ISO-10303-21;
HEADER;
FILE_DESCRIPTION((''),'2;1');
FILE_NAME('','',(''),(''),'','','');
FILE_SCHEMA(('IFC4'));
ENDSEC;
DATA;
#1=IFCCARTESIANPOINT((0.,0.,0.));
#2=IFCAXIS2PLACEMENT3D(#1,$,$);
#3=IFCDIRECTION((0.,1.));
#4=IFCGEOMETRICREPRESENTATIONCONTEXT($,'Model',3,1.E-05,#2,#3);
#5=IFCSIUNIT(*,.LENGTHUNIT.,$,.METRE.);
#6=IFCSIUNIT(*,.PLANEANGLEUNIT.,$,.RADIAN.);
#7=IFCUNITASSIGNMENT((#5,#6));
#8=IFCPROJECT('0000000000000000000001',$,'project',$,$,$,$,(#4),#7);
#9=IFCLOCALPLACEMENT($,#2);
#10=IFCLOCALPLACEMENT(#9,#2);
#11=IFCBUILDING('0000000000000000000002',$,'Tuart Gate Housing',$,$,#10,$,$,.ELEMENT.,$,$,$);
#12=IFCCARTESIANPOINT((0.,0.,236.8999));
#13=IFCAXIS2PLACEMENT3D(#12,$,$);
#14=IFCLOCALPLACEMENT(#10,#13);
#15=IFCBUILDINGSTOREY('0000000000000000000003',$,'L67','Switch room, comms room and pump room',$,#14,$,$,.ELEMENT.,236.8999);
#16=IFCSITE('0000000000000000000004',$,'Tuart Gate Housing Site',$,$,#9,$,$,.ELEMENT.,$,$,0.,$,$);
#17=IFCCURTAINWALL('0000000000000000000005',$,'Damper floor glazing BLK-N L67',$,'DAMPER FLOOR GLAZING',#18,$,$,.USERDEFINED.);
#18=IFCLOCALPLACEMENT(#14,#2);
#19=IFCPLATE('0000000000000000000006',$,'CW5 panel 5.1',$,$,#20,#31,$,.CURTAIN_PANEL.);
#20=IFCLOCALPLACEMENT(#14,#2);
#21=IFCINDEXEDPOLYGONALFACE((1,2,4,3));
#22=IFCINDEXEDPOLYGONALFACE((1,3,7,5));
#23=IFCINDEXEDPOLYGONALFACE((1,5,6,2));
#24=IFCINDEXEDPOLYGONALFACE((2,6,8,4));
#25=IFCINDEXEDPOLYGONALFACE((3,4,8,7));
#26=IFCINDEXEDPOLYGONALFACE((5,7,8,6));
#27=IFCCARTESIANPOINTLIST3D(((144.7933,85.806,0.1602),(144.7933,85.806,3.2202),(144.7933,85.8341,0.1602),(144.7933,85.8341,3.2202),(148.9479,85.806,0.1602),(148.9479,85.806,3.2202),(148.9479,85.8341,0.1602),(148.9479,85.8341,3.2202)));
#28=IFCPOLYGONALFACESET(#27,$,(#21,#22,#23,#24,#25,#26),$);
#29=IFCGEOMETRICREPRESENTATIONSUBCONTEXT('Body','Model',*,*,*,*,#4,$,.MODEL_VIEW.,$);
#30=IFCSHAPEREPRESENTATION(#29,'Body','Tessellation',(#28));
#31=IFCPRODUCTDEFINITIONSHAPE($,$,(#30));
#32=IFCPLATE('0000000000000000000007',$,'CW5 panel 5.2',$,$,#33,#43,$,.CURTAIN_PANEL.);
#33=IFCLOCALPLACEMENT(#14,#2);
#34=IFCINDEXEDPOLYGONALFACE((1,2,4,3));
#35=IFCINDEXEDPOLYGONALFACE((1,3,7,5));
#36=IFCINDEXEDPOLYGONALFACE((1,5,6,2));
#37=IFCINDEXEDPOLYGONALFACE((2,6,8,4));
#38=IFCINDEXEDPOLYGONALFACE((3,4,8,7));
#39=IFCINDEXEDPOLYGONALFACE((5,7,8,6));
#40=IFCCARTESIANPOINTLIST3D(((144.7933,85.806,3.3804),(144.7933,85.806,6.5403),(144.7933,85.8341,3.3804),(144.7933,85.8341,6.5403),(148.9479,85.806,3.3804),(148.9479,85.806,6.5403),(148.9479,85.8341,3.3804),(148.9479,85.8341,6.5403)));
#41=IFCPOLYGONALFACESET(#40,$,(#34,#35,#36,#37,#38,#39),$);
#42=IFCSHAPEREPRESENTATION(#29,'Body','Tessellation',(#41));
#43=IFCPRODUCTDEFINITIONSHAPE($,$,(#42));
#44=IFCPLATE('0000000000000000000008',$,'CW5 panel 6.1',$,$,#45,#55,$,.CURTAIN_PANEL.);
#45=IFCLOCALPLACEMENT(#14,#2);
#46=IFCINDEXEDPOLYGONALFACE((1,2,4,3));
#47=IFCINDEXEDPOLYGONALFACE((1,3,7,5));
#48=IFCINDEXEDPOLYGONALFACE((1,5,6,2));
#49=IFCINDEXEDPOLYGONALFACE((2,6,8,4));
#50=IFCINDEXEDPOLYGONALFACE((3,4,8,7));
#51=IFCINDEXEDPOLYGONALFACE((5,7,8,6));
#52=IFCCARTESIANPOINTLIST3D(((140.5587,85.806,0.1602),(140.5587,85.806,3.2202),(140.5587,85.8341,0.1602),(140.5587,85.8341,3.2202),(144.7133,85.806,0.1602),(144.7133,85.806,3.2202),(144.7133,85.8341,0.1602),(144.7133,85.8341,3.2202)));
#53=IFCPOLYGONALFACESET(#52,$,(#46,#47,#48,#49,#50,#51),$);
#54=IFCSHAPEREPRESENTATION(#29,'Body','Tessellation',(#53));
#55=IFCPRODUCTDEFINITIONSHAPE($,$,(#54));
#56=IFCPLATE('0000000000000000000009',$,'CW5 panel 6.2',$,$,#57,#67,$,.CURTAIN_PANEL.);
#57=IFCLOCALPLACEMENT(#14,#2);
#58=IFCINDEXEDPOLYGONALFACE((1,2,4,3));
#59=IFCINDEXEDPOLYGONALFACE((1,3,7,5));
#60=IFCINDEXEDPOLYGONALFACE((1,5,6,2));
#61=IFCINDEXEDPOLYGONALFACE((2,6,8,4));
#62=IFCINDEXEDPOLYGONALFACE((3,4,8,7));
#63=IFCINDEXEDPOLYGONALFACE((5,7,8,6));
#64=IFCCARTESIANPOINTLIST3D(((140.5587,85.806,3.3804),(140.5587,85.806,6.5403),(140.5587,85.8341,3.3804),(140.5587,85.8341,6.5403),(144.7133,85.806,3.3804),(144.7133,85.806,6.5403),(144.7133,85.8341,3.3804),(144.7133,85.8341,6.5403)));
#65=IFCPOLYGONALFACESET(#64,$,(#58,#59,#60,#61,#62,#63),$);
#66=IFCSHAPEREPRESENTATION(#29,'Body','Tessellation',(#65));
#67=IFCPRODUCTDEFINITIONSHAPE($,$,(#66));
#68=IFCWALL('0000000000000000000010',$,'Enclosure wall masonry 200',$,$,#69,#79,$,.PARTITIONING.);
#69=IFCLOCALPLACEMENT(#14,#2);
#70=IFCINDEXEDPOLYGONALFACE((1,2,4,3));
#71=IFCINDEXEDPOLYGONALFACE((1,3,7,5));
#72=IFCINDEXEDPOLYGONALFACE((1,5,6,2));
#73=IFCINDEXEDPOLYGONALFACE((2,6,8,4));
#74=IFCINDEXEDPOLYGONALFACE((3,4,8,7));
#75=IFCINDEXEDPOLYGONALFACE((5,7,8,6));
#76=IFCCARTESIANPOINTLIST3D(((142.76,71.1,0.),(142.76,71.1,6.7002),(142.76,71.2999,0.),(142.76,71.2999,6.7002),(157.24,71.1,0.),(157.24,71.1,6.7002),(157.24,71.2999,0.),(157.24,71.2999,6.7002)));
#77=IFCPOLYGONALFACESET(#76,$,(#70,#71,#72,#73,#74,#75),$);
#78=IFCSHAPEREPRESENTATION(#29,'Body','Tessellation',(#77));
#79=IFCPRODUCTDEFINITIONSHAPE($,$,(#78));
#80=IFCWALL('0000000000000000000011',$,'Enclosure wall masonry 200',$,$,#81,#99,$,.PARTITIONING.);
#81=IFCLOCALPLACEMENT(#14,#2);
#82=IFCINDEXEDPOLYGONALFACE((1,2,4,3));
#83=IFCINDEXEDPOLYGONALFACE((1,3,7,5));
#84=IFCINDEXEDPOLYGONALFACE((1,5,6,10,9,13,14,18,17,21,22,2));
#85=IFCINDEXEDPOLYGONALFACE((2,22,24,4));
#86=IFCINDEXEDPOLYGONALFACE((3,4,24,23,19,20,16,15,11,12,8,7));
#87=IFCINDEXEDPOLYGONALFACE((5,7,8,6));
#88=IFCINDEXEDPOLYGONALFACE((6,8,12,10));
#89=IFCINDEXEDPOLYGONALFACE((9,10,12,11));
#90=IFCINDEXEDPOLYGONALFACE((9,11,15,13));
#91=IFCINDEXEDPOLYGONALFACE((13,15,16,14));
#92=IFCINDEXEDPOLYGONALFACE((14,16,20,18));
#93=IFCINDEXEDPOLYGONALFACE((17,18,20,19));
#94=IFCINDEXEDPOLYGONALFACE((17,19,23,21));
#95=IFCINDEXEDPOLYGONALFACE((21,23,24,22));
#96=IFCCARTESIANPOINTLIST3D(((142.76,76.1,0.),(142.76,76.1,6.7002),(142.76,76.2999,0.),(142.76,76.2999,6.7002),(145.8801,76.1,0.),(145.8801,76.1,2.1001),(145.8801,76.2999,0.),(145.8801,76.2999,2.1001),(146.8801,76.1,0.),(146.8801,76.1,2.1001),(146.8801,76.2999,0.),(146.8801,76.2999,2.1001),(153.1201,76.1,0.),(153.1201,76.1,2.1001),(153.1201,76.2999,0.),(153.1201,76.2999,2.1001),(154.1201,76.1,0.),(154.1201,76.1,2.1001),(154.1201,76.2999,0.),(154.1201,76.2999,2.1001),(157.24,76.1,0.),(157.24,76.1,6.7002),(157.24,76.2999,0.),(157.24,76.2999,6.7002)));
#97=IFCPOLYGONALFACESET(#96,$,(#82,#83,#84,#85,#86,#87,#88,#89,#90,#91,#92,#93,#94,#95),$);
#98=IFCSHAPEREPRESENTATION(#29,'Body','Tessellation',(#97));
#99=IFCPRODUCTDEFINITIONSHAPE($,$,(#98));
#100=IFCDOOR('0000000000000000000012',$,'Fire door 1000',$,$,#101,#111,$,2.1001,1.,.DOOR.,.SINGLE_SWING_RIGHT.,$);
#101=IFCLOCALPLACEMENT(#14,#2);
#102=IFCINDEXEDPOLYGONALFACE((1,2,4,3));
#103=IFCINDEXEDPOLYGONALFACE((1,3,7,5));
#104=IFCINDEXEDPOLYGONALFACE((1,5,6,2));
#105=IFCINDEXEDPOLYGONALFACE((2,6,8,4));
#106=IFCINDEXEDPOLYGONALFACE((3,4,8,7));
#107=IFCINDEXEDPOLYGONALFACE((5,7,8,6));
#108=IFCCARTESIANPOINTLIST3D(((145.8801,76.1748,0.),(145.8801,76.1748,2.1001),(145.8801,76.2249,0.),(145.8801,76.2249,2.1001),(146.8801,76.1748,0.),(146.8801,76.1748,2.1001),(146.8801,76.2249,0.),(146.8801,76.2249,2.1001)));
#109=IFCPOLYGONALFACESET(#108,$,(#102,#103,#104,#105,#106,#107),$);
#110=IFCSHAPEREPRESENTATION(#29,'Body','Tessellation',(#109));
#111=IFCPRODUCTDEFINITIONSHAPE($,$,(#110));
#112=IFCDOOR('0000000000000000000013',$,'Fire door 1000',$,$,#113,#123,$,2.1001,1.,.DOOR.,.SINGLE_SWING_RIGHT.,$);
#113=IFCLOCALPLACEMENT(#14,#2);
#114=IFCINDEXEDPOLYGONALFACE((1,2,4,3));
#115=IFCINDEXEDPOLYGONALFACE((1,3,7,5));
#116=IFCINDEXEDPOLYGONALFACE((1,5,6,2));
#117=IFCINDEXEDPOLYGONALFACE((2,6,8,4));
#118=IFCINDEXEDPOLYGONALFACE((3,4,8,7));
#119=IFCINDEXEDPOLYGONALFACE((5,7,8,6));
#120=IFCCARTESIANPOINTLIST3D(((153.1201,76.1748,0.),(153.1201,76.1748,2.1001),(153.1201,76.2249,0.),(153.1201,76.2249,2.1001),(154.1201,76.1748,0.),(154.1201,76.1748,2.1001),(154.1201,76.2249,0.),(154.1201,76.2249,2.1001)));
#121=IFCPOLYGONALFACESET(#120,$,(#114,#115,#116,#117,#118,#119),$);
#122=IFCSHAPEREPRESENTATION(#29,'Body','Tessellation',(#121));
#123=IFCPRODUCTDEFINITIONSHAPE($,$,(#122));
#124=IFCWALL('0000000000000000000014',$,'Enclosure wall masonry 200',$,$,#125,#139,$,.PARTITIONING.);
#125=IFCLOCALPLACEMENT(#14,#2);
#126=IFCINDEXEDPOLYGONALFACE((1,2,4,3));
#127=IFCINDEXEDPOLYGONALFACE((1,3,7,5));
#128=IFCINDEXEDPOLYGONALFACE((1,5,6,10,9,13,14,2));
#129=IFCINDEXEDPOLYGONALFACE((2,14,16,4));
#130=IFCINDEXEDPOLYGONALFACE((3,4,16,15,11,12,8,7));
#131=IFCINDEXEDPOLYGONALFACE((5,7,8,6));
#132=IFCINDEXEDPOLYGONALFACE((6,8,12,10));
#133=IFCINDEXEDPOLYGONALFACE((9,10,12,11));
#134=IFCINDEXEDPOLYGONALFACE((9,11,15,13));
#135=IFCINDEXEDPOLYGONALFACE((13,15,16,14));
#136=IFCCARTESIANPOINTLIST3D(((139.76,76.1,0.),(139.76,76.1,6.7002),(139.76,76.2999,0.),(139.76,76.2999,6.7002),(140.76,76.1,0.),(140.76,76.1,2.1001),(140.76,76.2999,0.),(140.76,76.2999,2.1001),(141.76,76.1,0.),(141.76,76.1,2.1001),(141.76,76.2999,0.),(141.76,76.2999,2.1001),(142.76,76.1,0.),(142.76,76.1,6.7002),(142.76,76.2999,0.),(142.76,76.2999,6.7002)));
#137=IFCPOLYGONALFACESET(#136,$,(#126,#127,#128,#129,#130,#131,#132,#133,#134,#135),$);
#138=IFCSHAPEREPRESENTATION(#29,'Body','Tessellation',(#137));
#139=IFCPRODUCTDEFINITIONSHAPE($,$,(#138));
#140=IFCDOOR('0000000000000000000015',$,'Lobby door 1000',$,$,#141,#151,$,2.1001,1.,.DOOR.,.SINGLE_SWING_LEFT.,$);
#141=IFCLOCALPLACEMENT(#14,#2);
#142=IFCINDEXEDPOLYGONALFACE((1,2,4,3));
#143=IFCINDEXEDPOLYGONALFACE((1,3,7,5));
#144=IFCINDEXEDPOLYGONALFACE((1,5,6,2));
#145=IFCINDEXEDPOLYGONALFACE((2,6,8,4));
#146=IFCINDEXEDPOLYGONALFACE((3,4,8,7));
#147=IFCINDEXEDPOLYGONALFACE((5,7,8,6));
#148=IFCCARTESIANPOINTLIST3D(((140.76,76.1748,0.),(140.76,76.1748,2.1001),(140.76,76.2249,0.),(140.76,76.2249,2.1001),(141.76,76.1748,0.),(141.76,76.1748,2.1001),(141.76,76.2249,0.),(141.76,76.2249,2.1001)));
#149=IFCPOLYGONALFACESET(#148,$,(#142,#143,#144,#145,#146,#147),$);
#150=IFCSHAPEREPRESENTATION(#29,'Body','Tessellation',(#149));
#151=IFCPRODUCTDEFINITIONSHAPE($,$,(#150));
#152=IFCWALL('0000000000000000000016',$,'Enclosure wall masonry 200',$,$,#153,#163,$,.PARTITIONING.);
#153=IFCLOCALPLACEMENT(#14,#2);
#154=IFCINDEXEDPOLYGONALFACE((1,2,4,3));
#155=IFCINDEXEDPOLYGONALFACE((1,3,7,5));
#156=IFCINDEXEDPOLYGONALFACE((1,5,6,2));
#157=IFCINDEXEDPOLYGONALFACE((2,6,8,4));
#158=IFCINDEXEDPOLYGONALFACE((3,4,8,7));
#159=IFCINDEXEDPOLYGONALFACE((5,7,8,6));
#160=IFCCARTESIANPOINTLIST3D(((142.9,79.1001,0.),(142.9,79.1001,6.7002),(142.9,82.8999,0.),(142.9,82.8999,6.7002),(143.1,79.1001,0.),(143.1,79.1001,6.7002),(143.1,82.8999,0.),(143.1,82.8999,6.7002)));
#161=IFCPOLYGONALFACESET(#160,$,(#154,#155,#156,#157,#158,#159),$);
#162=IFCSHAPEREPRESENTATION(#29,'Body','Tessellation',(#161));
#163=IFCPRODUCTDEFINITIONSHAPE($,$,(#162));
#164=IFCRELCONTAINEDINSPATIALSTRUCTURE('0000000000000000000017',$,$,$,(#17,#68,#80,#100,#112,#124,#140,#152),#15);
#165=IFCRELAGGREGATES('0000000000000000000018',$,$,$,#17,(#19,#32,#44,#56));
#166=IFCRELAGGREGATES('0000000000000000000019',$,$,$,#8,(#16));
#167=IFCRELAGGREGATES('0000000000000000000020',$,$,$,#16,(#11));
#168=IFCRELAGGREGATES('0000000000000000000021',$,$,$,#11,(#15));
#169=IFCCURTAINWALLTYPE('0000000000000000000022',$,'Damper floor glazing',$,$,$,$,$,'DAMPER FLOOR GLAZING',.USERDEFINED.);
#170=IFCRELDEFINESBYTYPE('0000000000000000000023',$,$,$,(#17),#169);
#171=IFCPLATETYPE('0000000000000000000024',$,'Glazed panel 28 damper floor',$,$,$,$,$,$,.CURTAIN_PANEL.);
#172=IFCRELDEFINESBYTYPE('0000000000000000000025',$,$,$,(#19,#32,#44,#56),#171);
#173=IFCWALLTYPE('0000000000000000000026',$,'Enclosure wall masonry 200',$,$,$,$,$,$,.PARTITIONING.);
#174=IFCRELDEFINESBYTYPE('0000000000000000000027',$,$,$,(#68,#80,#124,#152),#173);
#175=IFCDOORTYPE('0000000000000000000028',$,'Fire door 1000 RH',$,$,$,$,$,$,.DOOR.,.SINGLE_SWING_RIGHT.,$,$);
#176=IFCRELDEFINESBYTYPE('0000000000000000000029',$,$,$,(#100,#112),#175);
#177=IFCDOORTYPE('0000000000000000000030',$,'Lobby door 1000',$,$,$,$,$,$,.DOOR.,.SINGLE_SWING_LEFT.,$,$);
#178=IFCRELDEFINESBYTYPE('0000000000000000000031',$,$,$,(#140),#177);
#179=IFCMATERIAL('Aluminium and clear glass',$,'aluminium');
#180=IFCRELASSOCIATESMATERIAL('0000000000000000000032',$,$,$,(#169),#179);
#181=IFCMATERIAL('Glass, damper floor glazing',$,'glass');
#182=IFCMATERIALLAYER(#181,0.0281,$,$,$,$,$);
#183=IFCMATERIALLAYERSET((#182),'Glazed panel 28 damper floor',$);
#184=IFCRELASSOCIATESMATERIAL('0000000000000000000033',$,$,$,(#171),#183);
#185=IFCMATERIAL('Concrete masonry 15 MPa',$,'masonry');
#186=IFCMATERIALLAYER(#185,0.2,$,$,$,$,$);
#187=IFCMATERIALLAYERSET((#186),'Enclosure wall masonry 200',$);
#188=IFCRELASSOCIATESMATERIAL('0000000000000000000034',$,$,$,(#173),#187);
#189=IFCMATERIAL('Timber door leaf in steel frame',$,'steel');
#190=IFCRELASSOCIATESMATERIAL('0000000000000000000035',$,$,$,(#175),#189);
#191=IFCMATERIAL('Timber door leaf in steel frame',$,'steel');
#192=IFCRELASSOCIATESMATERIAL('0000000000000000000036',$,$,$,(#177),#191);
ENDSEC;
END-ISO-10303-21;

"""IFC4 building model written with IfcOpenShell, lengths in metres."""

from ifc_helpers import new_model, si_unit, direction, frame, frame_2d, origin, origin_2d, place, context, subcontext, project, spatial, rectangle, extrude, material, layer, layer_set, type_object, element, fill, aggregate, save


model = new_model("IFC4")

# Units and contexts
model_context = context("Model", 3, precision=1e-05, world=origin(), true_north=direction((0.0, 1.0)))
body_context = subcontext(model_context, "Body", "Model", "MODEL_VIEW")
ifc_project = project(units=[si_unit("LENGTHUNIT", "METRE"), si_unit("PLANEANGLEUNIT", "RADIAN")], contexts=[model_context])

# Site, building, storey
site_placement = place(None, origin())
site = spatial("IfcSite", under=ifc_project, at=site_placement, Name="Tuart Gate Housing Site", CompositionType="ELEMENT", RefElevation=0.0)
building_placement = place(site_placement, origin())
building = spatial("IfcBuilding", under=site, at=building_placement, Name="Tuart Gate Housing", CompositionType="ELEMENT")
storey_placement = place(building_placement, frame((0.0, 0.0, 236.8999)))
storey = spatial("IfcBuildingStorey", under=building, at=storey_placement, Name="L67", Description="Switch room, comms room and pump room", CompositionType="ELEMENT", Elevation=236.8999)

# Curtain wall, plates
ifc_material_1 = material(Name="Aluminium and clear glass", Category="aluminium")
curtain_wall_type = type_object("IfcCurtainWallType", Name="Damper floor glazing", ElementType="DAMPER FLOOR GLAZING", PredefinedType="USERDEFINED", material=ifc_material_1)
curtain_wall_placement = place(storey_placement, origin())
curtain_wall = element("IfcCurtainWall", 1, at=curtain_wall_placement, inside=storey, type_object=curtain_wall_type, Name="Damper floor glazing BLK-N L67", ObjectType="DAMPER FLOOR GLAZING", PredefinedType="USERDEFINED")
ifc_material_2 = material(Name="Glass, damper floor glazing", Category="glass")
ifc_layer_1 = layer(ifc_material_2, 0.0281)
ifc_layer_set_1 = layer_set([ifc_layer_1], Name="Glazed panel 28 damper floor")
plate_type = type_object("IfcPlateType", Name="Glazed panel 28 damper floor", PredefinedType="CURTAIN_PANEL", material=ifc_layer_set_1)
plate_1_placement = place(storey_placement, frame((146.8706, 85.8201, 0.1602), z_axis=(0.0, 0.0, 1.0), x_axis=(-1.0, 0.0, 0.0)))
plate_1 = element("IfcPlate", 2, at=plate_1_placement, type_object=plate_type, Name="CW5 panel 5.1", PredefinedType="CURTAIN_PANEL", context=body_context, shape_type="SweptSolid", body=[
    extrude(rectangle(XDim=4.1545, YDim=0.0281, at=origin_2d()), origin(), (0.0, 0.0, 1.0), 3.0601),
])
plate_2_placement = place(storey_placement, frame((146.8706, 85.8201, 3.3804), z_axis=(0.0, 0.0, 1.0), x_axis=(-1.0, 0.0, 0.0)))
plate_2 = element("IfcPlate", 3, at=plate_2_placement, type_object=plate_type, Name="CW5 panel 5.2", PredefinedType="CURTAIN_PANEL", context=body_context, shape_type="SweptSolid", body=[
    extrude(rectangle(XDim=4.1545, YDim=0.0281, at=origin_2d()), origin(), (0.0, 0.0, 1.0), 3.1599),
])
plate_3_placement = place(storey_placement, frame((142.636, 85.8201, 0.1602), z_axis=(0.0, 0.0, 1.0), x_axis=(-1.0, 0.0, 0.0)))
plate_3 = element("IfcPlate", 4, at=plate_3_placement, type_object=plate_type, Name="CW5 panel 6.1", PredefinedType="CURTAIN_PANEL", context=body_context, shape_type="SweptSolid", body=[
    extrude(rectangle(XDim=4.1545, YDim=0.0281, at=origin_2d()), origin(), (0.0, 0.0, 1.0), 3.0601),
])
plate_4_placement = place(storey_placement, frame((142.636, 85.8201, 3.3804), z_axis=(0.0, 0.0, 1.0), x_axis=(-1.0, 0.0, 0.0)))
plate_4 = element("IfcPlate", 5, at=plate_4_placement, type_object=plate_type, Name="CW5 panel 6.2", PredefinedType="CURTAIN_PANEL", context=body_context, shape_type="SweptSolid", body=[
    extrude(rectangle(XDim=4.1545, YDim=0.0281, at=origin_2d()), origin(), (0.0, 0.0, 1.0), 3.1599),
])
aggregate(curtain_wall, [plate_1, plate_2, plate_3, plate_4])

# Wall
ifc_material_3 = material(Name="Concrete masonry 15 MPa", Category="masonry")
ifc_layer_2 = layer(ifc_material_3, 0.2)
ifc_layer_set_2 = layer_set([ifc_layer_2], Name="Enclosure wall masonry 200")
wall_type = type_object("IfcWallType", Name="Enclosure wall masonry 200", PredefinedType="PARTITIONING", material=ifc_layer_set_2)
wall_1_placement = place(storey_placement, frame((142.76, 71.2, 0.0), z_axis=(0.0, 0.0, 1.0), x_axis=(1.0, 0.0, 0.0)))
element("IfcWall", 6, at=wall_1_placement, inside=storey, type_object=wall_type, Name="Enclosure wall masonry 200", PredefinedType="PARTITIONING", context=body_context, shape_type="SweptSolid", body=[
    extrude(rectangle(XDim=14.48, YDim=0.2, at=frame_2d((7.24, 0.0))), origin(), (0.0, 0.0, 1.0), 6.7002),
])

# Wall, openings, doors
wall_2_placement = place(storey_placement, frame((142.76, 76.2, 0.0), z_axis=(0.0, 0.0, 1.0), x_axis=(1.0, 0.0, 0.0)))
wall_2 = element("IfcWall", 7, at=wall_2_placement, inside=storey, type_object=wall_type, Name="Enclosure wall masonry 200", PredefinedType="PARTITIONING", context=body_context, shape_type="SweptSolid", body=[
    extrude(rectangle(XDim=14.48, YDim=0.2, at=frame_2d((7.24, 0.0))), origin(), (0.0, 0.0, 1.0), 6.7002),
])
opening_1_placement = place(wall_2_placement, frame((3.1201, 0.0, 0.0)))
opening_1 = element("IfcOpeningElement", 8, at=opening_1_placement, cuts=wall_2, PredefinedType="OPENING", context=body_context, shape_type="SweptSolid", body=[
    extrude(rectangle(XDim=1.0, YDim=2.1001, at=frame_2d((0.5, 1.05))), frame((0.0, 0.1099, 0.0), z_axis=(0.0, -1.0, 0.0), x_axis=(1.0, 0.0, 0.0)), (0.0, 0.0, 1.0), 0.22),
])
opening_2_placement = place(wall_2_placement, frame((10.3601, 0.0, 0.0)))
opening_2 = element("IfcOpeningElement", 9, at=opening_2_placement, cuts=wall_2, PredefinedType="OPENING", context=body_context, shape_type="SweptSolid", body=[
    extrude(rectangle(XDim=1.0, YDim=2.1001, at=frame_2d((0.5, 1.05))), frame((0.0, 0.1099, 0.0), z_axis=(0.0, -1.0, 0.0), x_axis=(1.0, 0.0, 0.0)), (0.0, 0.0, 1.0), 0.22),
])
ifc_material_4 = material(Name="Timber door leaf in steel frame", Category="steel")
door_type_1 = type_object("IfcDoorType", Name="Fire door 1000 RH", OperationType="SINGLE_SWING_RIGHT", PredefinedType="DOOR", material=ifc_material_4)
door_1_placement = place(opening_1_placement, frame((1.0, 0.0, 0.0), z_axis=(0.0, 0.0, 1.0), x_axis=(-1.0, 0.0, 0.0)))
door_1 = element("IfcDoor", 10, at=door_1_placement, inside=storey, type_object=door_type_1, Name="Fire door 1000", OperationType="SINGLE_SWING_RIGHT", OverallHeight=2.1001, OverallWidth=1.0, PredefinedType="DOOR", context=body_context, shape_type="SweptSolid", body=[
    extrude(rectangle(XDim=1.0, YDim=2.1001, at=frame_2d((0.5, 1.05))), frame((0.0, 0.0251, 0.0), z_axis=(0.0, -1.0, 0.0), x_axis=(1.0, 0.0, 0.0)), (0.0, 0.0, 1.0), 0.05),
])
fill(opening_1, door_1)
door_2_placement = place(opening_2_placement, frame((1.0, 0.0, 0.0), z_axis=(0.0, 0.0, 1.0), x_axis=(-1.0, 0.0, 0.0)))
door_2 = element("IfcDoor", 11, at=door_2_placement, inside=storey, type_object=door_type_1, Name="Fire door 1000", OperationType="SINGLE_SWING_RIGHT", OverallHeight=2.1001, OverallWidth=1.0, PredefinedType="DOOR", context=body_context, shape_type="SweptSolid", body=[
    extrude(rectangle(XDim=1.0, YDim=2.1001, at=frame_2d((0.5, 1.05))), frame((0.0, 0.0251, 0.0), z_axis=(0.0, -1.0, 0.0), x_axis=(1.0, 0.0, 0.0)), (0.0, 0.0, 1.0), 0.05),
])
fill(opening_2, door_2)

# Wall, opening, door
wall_3_placement = place(storey_placement, frame((139.76, 76.2, 0.0), z_axis=(0.0, 0.0, 1.0), x_axis=(1.0, 0.0, 0.0)))
wall_3 = element("IfcWall", 12, at=wall_3_placement, inside=storey, type_object=wall_type, Name="Enclosure wall masonry 200", PredefinedType="PARTITIONING", context=body_context, shape_type="SweptSolid", body=[
    extrude(rectangle(XDim=3.0, YDim=0.2, at=frame_2d((1.5, 0.0))), origin(), (0.0, 0.0, 1.0), 6.7002),
])
opening_3_placement = place(wall_3_placement, frame((1.0, 0.0, 0.0)))
opening_3 = element("IfcOpeningElement", 13, at=opening_3_placement, cuts=wall_3, PredefinedType="OPENING", context=body_context, shape_type="SweptSolid", body=[
    extrude(rectangle(XDim=1.0, YDim=2.1001, at=frame_2d((0.5, 1.05))), frame((0.0, 0.1099, 0.0), z_axis=(0.0, -1.0, 0.0), x_axis=(1.0, 0.0, 0.0)), (0.0, 0.0, 1.0), 0.22),
])
ifc_material_5 = material(Name="Timber door leaf in steel frame", Category="steel")
door_type_2 = type_object("IfcDoorType", Name="Lobby door 1000", OperationType="SINGLE_SWING_LEFT", PredefinedType="DOOR", material=ifc_material_5)
door_3_placement = place(opening_3_placement, frame((1.0, 0.0, 0.0), z_axis=(0.0, 0.0, 1.0), x_axis=(-1.0, 0.0, 0.0)))
door_3 = element("IfcDoor", 14, at=door_3_placement, inside=storey, type_object=door_type_2, Name="Lobby door 1000", OperationType="SINGLE_SWING_LEFT", OverallHeight=2.1001, OverallWidth=1.0, PredefinedType="DOOR", context=body_context, shape_type="SweptSolid", body=[
    extrude(rectangle(XDim=1.0, YDim=2.1001, at=frame_2d((0.5, 1.05))), frame((0.0, 0.0251, 0.0), z_axis=(0.0, -1.0, 0.0), x_axis=(1.0, 0.0, 0.0)), (0.0, 0.0, 1.0), 0.05),
])
fill(opening_3, door_3)

# Wall
wall_4_placement = place(storey_placement, frame((143.0, 79.1001, 0.0), z_axis=(0.0, 0.0, 1.0), x_axis=(0.0, 1.0, 0.0)))
element("IfcWall", 15, at=wall_4_placement, inside=storey, type_object=wall_type, Name="Enclosure wall masonry 200", PredefinedType="PARTITIONING", context=body_context, shape_type="SweptSolid", body=[
    extrude(rectangle(XDim=3.7998, YDim=0.2, at=frame_2d((1.8999, 0.0))), origin(), (0.0, 0.0, 1.0), 6.7002),
])

save(model, "model.ifc")
